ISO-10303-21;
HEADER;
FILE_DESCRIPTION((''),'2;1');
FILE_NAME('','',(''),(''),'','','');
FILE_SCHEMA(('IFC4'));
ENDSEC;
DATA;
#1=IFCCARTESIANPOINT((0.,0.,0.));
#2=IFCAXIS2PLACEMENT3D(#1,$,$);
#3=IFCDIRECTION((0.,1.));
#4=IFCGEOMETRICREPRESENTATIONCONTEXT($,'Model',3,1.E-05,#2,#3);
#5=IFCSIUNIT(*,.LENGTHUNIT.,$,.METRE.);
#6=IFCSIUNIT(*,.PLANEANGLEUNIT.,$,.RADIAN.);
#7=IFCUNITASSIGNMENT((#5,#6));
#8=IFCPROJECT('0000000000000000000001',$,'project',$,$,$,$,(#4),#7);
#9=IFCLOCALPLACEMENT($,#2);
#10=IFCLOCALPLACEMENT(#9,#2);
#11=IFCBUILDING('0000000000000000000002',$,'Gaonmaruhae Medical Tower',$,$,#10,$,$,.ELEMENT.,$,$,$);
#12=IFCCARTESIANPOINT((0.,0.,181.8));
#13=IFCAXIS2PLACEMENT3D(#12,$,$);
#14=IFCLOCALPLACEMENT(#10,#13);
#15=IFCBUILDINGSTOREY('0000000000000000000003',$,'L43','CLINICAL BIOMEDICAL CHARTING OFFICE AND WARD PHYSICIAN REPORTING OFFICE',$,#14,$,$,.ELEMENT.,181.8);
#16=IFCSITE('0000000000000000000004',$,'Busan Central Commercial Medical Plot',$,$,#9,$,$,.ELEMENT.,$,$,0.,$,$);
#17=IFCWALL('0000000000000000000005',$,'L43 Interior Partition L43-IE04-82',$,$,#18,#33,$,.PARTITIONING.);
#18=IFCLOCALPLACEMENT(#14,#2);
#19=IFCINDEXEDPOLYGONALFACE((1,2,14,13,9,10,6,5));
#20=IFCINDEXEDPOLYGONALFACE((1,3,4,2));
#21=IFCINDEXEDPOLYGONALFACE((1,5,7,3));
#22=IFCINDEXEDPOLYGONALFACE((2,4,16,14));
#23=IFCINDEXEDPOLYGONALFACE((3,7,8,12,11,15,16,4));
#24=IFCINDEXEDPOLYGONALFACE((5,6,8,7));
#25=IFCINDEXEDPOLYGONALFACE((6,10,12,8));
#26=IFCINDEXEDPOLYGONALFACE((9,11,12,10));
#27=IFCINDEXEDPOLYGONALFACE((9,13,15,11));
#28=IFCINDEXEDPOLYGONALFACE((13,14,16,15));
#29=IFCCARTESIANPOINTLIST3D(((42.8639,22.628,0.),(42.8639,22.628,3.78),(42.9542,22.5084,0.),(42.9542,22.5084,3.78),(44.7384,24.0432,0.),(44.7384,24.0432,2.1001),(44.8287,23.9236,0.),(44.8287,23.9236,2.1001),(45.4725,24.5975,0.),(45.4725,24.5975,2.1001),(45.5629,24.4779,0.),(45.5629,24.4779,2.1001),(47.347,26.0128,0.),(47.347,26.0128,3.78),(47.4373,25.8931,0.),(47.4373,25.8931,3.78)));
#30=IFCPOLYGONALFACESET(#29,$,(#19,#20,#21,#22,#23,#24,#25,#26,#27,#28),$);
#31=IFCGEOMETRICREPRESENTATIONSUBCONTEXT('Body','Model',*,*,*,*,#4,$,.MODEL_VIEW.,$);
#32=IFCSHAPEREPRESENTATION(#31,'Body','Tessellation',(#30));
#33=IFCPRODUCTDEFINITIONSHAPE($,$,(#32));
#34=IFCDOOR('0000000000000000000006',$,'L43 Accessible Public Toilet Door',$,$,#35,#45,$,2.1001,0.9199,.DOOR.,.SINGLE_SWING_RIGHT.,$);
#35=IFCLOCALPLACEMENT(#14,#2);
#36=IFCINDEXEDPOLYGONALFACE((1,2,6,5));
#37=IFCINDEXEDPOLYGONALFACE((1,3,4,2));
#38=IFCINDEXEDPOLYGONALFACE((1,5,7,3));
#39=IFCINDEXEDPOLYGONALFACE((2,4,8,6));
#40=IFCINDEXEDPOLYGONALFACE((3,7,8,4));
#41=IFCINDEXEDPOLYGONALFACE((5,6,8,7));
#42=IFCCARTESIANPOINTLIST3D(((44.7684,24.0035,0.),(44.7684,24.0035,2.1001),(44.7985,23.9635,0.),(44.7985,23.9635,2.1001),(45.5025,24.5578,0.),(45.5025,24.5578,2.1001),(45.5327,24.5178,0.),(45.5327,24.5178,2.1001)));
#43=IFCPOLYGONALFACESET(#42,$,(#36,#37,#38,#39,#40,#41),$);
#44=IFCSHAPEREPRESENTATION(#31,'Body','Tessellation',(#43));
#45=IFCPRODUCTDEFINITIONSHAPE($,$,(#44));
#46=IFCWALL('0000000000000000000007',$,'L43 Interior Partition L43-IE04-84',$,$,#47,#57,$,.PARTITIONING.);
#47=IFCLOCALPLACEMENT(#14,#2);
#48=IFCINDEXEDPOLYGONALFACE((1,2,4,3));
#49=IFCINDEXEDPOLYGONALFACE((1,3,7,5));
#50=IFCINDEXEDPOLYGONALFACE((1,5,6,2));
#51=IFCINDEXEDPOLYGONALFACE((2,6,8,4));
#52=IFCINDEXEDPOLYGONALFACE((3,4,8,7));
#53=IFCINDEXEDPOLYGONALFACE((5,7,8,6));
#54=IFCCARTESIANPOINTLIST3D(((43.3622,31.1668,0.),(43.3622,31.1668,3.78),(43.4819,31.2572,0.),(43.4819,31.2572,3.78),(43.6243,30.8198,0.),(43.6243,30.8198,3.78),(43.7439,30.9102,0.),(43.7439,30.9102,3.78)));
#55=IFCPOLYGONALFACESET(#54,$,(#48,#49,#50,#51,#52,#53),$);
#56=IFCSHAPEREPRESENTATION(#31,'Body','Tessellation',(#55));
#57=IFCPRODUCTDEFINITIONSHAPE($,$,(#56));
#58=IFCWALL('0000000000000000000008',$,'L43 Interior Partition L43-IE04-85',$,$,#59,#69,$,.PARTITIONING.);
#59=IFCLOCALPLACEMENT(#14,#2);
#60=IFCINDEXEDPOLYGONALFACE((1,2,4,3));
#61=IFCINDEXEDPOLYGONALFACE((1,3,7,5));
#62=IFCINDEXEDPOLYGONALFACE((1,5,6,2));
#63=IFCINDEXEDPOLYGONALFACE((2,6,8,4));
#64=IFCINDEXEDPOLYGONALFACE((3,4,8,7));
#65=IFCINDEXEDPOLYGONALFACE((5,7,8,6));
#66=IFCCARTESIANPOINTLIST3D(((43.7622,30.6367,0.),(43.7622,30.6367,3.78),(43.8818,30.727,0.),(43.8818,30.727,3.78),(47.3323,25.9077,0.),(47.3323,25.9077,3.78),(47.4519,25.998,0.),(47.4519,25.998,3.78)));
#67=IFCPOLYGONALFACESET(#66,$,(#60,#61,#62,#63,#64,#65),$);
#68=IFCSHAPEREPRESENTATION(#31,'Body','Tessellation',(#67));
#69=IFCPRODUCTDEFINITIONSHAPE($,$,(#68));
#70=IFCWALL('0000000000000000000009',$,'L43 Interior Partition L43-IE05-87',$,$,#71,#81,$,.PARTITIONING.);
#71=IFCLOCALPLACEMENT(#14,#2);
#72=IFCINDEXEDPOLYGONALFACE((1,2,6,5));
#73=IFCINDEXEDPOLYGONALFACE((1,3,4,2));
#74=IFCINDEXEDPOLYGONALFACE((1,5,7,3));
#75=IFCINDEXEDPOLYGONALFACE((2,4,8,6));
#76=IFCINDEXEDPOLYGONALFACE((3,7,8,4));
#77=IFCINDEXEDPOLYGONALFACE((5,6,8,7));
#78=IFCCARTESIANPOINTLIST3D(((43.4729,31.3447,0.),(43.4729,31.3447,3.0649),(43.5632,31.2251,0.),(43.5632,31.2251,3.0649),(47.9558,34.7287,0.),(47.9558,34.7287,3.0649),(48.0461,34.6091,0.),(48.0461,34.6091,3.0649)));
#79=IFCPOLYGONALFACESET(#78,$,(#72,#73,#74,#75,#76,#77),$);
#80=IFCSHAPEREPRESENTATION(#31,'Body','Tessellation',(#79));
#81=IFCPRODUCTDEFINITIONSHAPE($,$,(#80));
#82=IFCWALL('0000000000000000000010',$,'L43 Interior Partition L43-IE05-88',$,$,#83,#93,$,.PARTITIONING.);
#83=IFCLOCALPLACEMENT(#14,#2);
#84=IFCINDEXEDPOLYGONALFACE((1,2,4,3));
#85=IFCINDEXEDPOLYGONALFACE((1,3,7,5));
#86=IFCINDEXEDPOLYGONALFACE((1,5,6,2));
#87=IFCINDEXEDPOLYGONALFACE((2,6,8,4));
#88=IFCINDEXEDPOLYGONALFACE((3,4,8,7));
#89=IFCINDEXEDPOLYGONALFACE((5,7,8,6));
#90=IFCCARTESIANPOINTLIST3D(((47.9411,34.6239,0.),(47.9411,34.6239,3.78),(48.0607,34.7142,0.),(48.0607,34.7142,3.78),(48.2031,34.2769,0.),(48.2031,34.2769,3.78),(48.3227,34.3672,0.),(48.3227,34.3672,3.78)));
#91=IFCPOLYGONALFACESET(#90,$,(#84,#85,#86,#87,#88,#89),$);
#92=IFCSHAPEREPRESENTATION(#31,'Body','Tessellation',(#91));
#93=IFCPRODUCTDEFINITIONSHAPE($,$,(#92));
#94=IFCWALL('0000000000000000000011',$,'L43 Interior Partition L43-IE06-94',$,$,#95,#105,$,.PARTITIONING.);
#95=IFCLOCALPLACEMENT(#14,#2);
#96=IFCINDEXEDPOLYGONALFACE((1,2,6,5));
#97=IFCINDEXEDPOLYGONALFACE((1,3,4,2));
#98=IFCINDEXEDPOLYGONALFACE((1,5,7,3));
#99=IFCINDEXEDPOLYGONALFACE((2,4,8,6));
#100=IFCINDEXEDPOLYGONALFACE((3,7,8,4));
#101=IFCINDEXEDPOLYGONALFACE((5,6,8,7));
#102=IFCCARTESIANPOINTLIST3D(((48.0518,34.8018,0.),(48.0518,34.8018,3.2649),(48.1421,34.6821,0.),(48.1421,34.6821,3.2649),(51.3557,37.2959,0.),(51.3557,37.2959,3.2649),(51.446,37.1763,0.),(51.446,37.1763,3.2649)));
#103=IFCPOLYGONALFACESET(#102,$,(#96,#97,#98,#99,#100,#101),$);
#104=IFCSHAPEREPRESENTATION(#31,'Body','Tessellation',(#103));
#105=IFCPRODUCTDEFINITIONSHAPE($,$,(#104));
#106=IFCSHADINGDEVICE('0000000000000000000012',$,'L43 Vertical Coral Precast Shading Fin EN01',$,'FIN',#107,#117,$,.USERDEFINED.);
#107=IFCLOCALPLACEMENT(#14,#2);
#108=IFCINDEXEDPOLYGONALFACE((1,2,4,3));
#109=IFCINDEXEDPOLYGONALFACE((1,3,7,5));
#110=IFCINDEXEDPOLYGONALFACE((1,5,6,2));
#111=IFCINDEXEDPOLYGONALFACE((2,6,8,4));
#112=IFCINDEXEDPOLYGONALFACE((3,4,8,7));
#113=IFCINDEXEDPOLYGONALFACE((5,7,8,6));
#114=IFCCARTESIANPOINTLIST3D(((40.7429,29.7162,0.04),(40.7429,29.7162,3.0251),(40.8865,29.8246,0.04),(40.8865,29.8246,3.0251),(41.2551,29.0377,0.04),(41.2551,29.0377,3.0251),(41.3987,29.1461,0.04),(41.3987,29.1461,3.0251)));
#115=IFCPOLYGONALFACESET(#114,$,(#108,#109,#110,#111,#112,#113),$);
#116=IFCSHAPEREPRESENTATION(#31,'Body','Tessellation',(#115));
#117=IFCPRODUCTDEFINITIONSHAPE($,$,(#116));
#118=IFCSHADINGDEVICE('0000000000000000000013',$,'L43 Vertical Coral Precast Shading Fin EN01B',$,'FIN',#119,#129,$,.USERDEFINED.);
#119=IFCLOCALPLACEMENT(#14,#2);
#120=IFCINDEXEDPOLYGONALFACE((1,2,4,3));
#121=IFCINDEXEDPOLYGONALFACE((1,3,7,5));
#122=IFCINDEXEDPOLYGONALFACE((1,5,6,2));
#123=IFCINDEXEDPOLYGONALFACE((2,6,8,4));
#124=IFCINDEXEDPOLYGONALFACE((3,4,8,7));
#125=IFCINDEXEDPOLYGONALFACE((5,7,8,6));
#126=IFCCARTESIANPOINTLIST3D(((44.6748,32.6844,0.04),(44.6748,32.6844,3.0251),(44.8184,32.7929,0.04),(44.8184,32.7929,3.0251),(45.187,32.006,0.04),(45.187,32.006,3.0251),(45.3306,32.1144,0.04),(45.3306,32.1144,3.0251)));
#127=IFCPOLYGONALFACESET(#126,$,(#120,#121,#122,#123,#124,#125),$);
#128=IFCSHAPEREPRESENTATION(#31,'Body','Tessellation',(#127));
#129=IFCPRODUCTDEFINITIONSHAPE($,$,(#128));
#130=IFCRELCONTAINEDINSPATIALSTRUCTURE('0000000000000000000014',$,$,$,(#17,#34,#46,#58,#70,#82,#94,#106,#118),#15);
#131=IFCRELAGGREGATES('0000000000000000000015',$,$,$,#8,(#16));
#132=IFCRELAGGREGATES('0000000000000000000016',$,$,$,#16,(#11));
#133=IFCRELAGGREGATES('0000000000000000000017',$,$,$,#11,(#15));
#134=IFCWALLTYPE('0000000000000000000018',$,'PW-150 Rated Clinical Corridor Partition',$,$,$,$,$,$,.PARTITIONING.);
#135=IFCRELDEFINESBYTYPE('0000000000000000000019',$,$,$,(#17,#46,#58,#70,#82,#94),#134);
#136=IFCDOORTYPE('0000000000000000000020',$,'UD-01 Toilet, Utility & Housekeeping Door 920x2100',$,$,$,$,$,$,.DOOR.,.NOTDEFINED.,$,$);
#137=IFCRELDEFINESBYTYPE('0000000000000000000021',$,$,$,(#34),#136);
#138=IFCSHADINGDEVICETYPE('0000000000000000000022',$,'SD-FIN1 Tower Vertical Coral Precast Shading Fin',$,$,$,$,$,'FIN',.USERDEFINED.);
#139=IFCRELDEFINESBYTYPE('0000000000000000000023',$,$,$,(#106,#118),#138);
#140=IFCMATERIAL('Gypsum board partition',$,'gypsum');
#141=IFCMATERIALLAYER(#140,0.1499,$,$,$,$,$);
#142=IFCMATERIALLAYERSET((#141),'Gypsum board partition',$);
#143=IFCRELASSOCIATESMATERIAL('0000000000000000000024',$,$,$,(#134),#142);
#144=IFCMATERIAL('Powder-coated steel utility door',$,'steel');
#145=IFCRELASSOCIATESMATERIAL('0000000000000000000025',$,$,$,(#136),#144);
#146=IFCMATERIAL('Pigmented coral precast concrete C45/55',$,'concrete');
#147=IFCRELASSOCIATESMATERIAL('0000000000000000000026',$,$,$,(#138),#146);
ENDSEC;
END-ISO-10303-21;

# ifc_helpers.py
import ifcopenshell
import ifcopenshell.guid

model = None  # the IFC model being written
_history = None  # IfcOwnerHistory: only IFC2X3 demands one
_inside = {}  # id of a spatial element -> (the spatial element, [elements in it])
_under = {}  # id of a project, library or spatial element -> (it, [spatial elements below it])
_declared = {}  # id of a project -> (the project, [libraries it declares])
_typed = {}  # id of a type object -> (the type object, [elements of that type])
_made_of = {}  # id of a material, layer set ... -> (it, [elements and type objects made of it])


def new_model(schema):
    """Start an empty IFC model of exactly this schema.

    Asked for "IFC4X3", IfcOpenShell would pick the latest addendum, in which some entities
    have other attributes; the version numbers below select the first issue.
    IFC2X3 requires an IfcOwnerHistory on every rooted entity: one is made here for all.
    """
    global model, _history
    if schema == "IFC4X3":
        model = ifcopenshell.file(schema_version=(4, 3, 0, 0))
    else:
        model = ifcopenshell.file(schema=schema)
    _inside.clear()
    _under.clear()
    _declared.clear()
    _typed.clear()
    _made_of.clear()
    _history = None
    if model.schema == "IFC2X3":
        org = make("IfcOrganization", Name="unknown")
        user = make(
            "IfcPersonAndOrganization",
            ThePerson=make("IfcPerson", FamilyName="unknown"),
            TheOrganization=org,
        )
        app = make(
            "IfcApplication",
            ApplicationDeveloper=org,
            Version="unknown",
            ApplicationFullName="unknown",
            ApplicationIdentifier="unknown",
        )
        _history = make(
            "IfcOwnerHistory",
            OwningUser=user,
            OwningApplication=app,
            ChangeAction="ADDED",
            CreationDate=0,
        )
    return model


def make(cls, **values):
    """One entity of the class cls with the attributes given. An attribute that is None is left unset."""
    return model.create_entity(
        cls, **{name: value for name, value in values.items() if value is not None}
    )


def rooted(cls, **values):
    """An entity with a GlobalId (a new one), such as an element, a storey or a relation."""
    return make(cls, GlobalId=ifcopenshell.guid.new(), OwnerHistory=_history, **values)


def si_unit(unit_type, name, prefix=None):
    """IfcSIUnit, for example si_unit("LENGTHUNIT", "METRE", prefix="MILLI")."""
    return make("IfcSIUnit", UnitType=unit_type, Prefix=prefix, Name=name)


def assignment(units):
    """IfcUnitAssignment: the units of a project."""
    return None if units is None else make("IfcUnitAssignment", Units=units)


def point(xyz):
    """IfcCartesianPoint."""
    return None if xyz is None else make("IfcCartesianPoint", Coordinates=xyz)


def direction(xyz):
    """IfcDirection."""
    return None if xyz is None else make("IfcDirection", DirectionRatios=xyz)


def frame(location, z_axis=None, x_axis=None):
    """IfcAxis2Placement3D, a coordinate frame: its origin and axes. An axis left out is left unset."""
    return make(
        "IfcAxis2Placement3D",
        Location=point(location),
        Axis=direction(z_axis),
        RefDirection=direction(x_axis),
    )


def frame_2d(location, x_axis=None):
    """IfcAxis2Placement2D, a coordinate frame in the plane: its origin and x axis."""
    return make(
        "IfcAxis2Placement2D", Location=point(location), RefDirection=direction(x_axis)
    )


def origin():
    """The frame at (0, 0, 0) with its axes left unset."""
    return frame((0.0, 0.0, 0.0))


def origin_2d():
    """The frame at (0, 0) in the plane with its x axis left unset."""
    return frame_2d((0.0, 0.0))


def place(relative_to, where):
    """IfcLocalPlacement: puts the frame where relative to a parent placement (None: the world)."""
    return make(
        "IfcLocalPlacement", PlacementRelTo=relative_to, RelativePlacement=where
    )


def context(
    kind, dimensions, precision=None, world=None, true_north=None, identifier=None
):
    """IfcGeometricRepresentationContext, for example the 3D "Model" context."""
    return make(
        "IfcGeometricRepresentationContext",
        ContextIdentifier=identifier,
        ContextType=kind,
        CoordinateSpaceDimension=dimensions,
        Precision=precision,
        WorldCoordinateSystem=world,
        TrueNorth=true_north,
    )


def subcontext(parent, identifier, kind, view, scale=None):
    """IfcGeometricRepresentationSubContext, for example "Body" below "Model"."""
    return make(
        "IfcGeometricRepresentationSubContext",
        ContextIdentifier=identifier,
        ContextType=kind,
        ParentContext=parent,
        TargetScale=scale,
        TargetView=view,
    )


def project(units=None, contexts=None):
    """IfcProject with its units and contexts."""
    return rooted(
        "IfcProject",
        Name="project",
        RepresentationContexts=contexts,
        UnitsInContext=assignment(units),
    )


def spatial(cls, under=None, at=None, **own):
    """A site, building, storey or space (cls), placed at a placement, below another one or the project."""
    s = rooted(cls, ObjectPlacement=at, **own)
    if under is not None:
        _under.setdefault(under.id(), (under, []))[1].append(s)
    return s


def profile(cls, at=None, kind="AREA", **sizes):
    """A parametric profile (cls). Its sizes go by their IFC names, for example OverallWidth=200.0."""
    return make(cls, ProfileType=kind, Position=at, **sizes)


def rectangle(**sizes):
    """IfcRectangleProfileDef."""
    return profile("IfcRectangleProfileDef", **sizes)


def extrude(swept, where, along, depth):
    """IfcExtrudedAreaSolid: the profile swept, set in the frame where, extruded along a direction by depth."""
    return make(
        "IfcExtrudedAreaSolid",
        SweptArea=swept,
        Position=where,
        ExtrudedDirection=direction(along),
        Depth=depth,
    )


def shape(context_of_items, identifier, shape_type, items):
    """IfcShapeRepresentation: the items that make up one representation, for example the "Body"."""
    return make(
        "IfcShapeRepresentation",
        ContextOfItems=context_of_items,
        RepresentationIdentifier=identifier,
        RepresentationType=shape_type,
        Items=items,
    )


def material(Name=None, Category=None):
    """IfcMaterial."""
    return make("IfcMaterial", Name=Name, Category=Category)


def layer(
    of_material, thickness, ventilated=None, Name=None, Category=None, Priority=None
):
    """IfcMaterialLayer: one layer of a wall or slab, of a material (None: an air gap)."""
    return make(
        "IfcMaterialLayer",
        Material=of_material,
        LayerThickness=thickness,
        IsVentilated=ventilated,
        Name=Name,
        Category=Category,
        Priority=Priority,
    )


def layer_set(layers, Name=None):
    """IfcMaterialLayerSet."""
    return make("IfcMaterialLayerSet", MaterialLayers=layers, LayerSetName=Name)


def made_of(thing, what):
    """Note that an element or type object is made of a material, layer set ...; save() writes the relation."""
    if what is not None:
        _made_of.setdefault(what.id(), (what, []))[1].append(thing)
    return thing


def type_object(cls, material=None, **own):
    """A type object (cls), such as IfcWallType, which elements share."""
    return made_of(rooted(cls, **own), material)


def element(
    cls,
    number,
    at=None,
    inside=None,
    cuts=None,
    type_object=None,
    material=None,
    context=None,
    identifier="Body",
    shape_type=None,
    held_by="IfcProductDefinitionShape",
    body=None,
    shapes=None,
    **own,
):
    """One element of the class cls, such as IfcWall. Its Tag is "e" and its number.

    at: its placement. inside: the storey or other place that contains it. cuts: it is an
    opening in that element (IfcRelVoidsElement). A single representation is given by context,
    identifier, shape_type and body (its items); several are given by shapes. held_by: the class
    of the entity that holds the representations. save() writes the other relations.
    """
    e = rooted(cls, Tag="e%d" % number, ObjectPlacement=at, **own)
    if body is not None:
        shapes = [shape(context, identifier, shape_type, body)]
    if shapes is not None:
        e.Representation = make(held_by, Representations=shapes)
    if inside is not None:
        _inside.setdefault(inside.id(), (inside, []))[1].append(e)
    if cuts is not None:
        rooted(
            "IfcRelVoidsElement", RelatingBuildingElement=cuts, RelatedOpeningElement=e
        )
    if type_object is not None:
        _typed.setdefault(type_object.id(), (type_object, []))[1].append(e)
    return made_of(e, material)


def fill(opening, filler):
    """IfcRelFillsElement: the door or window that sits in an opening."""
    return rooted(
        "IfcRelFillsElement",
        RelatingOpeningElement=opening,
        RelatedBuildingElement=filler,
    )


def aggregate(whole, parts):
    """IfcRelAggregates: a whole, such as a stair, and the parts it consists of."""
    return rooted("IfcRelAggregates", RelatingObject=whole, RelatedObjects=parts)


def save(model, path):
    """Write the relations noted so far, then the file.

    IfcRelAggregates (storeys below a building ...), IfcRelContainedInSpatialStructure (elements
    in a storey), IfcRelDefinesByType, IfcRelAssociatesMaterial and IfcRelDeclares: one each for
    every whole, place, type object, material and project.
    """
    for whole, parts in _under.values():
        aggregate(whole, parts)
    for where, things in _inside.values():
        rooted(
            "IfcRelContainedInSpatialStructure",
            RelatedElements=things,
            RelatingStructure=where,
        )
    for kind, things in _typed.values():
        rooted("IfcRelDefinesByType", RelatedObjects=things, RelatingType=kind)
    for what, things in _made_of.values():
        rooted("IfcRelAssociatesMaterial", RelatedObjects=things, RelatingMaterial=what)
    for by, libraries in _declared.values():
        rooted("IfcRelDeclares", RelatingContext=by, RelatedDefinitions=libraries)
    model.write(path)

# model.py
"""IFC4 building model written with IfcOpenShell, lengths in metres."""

from ifc_helpers import new_model, si_unit, direction, frame, frame_2d, origin, origin_2d, place, context, subcontext, project, spatial, rectangle, extrude, material, layer, layer_set, type_object, element, fill, save


model = new_model("IFC4")

# Units and contexts
model_context = context("Model", 3, precision=1e-05, world=origin(), true_north=direction((0.0, 1.0)))
body_context = subcontext(model_context, "Body", "Model", "MODEL_VIEW")
ifc_project = project(units=[si_unit("LENGTHUNIT", "METRE"), si_unit("PLANEANGLEUNIT", "RADIAN")], contexts=[model_context])

# Site, building, storey
site_placement = place(None, origin())
site = spatial("IfcSite", under=ifc_project, at=site_placement, Name="Busan Central Commercial Medical Plot", CompositionType="ELEMENT", RefElevation=0.0)
building_placement = place(site_placement, origin())
building = spatial("IfcBuilding", under=site, at=building_placement, Name="Gaonmaruhae Medical Tower", CompositionType="ELEMENT")
storey_placement = place(building_placement, frame((0.0, 0.0, 181.8)))
storey = spatial("IfcBuildingStorey", under=building, at=storey_placement, Name="L43", Description="CLINICAL BIOMEDICAL CHARTING OFFICE AND WARD PHYSICIAN REPORTING OFFICE", CompositionType="ELEMENT", Elevation=181.8)

# Shared definitions
ifc_material_1 = material(Name="Gypsum board partition", Category="gypsum")
ifc_layer_1 = layer(ifc_material_1, 0.1499)
ifc_layer_set_1 = layer_set([ifc_layer_1], Name="Gypsum board partition")
wall_type_1 = type_object("IfcWallType", Name="PW-150 Rated Clinical Corridor Partition", PredefinedType="PARTITIONING", material=ifc_layer_set_1)

# Wall, opening, door
wall_1_placement = place(storey_placement, frame((47.3921, 25.9529, 0.0), z_axis=(0.0, 0.0, 1.0), x_axis=(-0.798082, -0.602549, 0.0)))
wall_1 = element("IfcWall", 1, at=wall_1_placement, inside=storey, type_object=wall_type_1, Name="L43 Interior Partition L43-IE04-82", PredefinedType="PARTITIONING", context=body_context, shape_type="SweptSolid", body=[
    extrude(rectangle(XDim=5.6174, YDim=0.1499, at=frame_2d((2.8086, 0.0))), origin(), (0.0, 0.0, 1.0), 3.78),
])
opening_1_placement = place(wall_1_placement, frame((2.3486, 0.0, 0.0)))
opening_1 = element("IfcOpeningElement", 2, at=opening_1_placement, cuts=wall_1, PredefinedType="OPENING", context=body_context, shape_type="SweptSolid", body=[
    extrude(rectangle(XDim=0.9199, YDim=2.1001, at=frame_2d((0.46, 1.05))), frame((0.0, 0.085, 0.0), z_axis=(0.0, -1.0, 0.0), x_axis=(1.0, 0.0, 0.0)), (0.0, 0.0, 1.0), 0.1699),
])
ifc_material_2 = material(Name="Powder-coated steel utility door", Category="steel")
door_type_1 = type_object("IfcDoorType", Name="UD-01 Toilet, Utility & Housekeeping Door 920x2100", OperationType="NOTDEFINED", PredefinedType="DOOR", material=ifc_material_2)
door_1_placement = place(opening_1_placement, origin())
door_1 = element("IfcDoor", 3, at=door_1_placement, inside=storey, type_object=door_type_1, Name="L43 Accessible Public Toilet Door", OperationType="SINGLE_SWING_RIGHT", OverallHeight=2.1001, OverallWidth=0.9199, PredefinedType="DOOR", context=body_context, shape_type="SweptSolid", body=[
    extrude(rectangle(XDim=0.9199, YDim=2.1001, at=frame_2d((0.46, 1.05))), frame((0.0, 0.0249, 0.0), z_axis=(0.0, -1.0, 0.0), x_axis=(1.0, 0.0, 0.0)), (0.0, 0.0, 1.0), 0.05),
])
fill(opening_1, door_1)

# Walls
wall_2_placement = place(storey_placement, frame((43.4221, 31.2119, 0.0), z_axis=(0.0, 0.0, 1.0), x_axis=(0.602603, -0.798041, 0.0)))
element("IfcWall", 4, at=wall_2_placement, inside=storey, type_object=wall_type_1, Name="L43 Interior Partition L43-IE04-84", PredefinedType="PARTITIONING", context=body_context, shape_type="SweptSolid", body=[
    extrude(rectangle(XDim=0.4348, YDim=0.1499, at=frame_2d((0.2173, 0.0))), origin(), (0.0, 0.0, 1.0), 3.78),
])
wall_3_placement = place(storey_placement, frame((43.822, 30.6819, 0.0), z_axis=(0.0, 0.0, 1.0), x_axis=(0.602515, -0.798107, 0.0)))
element("IfcWall", 5, at=wall_3_placement, inside=storey, type_object=wall_type_1, Name="L43 Interior Partition L43-IE04-85", PredefinedType="PARTITIONING", context=body_context, shape_type="SweptSolid", body=[
    extrude(rectangle(XDim=5.9253, YDim=0.1499, at=frame_2d((2.9626, 0.0))), origin(), (0.0, 0.0, 1.0), 3.78),
])
wall_4_placement = place(storey_placement, frame((43.5181, 31.2849, 0.0), z_axis=(0.0, 0.0, 1.0), x_axis=(0.798129, 0.602487, 0.0)))
element("IfcWall", 6, at=wall_4_placement, inside=storey, type_object=wall_type_1, Name="L43 Interior Partition L43-IE05-87", PredefinedType="PARTITIONING", context=body_context, shape_type="SweptSolid", body=[
    extrude(rectangle(XDim=5.6167, YDim=0.1499, at=frame_2d((2.8083, 0.0))), origin(), (0.0, 0.0, 1.0), 3.0649),
])
wall_5_placement = place(storey_placement, frame((48.001, 34.6689, 0.0), z_axis=(0.0, 0.0, 1.0), x_axis=(0.602603, -0.798041, 0.0)))
element("IfcWall", 7, at=wall_5_placement, inside=storey, type_object=wall_type_1, Name="L43 Interior Partition L43-IE05-88", PredefinedType="PARTITIONING", context=body_context, shape_type="SweptSolid", body=[
    extrude(rectangle(XDim=0.4348, YDim=0.1499, at=frame_2d((0.2173, 0.0))), origin(), (0.0, 0.0, 1.0), 3.78),
])
wall_6_placement = place(storey_placement, frame((48.0969, 34.7419, 0.0), z_axis=(0.0, 0.0, 1.0), x_axis=(0.798121, 0.602498, 0.0)))
element("IfcWall", 8, at=wall_6_placement, inside=storey, type_object=wall_type_1, Name="L43 Interior Partition L43-IE06-94", PredefinedType="PARTITIONING", context=body_context, shape_type="SweptSolid", body=[
    extrude(rectangle(XDim=4.1396, YDim=0.1499, at=frame_2d((2.0698, 0.0))), origin(), (0.0, 0.0, 1.0), 3.2649),
])

# Shading devices
ifc_material_3 = material(Name="Pigmented coral precast concrete C45/55", Category="concrete")
shading_device_type = type_object("IfcShadingDeviceType", Name="SD-FIN1 Tower Vertical Coral Precast Shading Fin", ElementType="FIN", PredefinedType="USERDEFINED", material=ifc_material_3)
for number, where, z_axis, x_axis, name in (
    (9, (41.0708, 29.4312, 0.04), (0.0, 0.0, 1.0), (0.7981, 0.602526, 0.0), "L43 Vertical Coral Precast Shading Fin EN01"),
    (10, (45.0027, 32.3994, 0.04), (0.0, 0.0, 1.0), (0.7981, 0.602526, 0.0), "L43 Vertical Coral Precast Shading Fin EN01B"),
):
    element("IfcShadingDevice", number, at=place(storey_placement, frame(where, z_axis=z_axis, x_axis=x_axis)), inside=storey, type_object=shading_device_type, Name=name, ObjectType="FIN", PredefinedType="USERDEFINED", context=body_context, shape_type="SweptSolid", body=[
        extrude(rectangle(XDim=0.1799, YDim=0.8501, at=origin_2d()), origin(), (0.0, 0.0, 1.0), 2.9851),
    ])

save(model, "model.ifc")
